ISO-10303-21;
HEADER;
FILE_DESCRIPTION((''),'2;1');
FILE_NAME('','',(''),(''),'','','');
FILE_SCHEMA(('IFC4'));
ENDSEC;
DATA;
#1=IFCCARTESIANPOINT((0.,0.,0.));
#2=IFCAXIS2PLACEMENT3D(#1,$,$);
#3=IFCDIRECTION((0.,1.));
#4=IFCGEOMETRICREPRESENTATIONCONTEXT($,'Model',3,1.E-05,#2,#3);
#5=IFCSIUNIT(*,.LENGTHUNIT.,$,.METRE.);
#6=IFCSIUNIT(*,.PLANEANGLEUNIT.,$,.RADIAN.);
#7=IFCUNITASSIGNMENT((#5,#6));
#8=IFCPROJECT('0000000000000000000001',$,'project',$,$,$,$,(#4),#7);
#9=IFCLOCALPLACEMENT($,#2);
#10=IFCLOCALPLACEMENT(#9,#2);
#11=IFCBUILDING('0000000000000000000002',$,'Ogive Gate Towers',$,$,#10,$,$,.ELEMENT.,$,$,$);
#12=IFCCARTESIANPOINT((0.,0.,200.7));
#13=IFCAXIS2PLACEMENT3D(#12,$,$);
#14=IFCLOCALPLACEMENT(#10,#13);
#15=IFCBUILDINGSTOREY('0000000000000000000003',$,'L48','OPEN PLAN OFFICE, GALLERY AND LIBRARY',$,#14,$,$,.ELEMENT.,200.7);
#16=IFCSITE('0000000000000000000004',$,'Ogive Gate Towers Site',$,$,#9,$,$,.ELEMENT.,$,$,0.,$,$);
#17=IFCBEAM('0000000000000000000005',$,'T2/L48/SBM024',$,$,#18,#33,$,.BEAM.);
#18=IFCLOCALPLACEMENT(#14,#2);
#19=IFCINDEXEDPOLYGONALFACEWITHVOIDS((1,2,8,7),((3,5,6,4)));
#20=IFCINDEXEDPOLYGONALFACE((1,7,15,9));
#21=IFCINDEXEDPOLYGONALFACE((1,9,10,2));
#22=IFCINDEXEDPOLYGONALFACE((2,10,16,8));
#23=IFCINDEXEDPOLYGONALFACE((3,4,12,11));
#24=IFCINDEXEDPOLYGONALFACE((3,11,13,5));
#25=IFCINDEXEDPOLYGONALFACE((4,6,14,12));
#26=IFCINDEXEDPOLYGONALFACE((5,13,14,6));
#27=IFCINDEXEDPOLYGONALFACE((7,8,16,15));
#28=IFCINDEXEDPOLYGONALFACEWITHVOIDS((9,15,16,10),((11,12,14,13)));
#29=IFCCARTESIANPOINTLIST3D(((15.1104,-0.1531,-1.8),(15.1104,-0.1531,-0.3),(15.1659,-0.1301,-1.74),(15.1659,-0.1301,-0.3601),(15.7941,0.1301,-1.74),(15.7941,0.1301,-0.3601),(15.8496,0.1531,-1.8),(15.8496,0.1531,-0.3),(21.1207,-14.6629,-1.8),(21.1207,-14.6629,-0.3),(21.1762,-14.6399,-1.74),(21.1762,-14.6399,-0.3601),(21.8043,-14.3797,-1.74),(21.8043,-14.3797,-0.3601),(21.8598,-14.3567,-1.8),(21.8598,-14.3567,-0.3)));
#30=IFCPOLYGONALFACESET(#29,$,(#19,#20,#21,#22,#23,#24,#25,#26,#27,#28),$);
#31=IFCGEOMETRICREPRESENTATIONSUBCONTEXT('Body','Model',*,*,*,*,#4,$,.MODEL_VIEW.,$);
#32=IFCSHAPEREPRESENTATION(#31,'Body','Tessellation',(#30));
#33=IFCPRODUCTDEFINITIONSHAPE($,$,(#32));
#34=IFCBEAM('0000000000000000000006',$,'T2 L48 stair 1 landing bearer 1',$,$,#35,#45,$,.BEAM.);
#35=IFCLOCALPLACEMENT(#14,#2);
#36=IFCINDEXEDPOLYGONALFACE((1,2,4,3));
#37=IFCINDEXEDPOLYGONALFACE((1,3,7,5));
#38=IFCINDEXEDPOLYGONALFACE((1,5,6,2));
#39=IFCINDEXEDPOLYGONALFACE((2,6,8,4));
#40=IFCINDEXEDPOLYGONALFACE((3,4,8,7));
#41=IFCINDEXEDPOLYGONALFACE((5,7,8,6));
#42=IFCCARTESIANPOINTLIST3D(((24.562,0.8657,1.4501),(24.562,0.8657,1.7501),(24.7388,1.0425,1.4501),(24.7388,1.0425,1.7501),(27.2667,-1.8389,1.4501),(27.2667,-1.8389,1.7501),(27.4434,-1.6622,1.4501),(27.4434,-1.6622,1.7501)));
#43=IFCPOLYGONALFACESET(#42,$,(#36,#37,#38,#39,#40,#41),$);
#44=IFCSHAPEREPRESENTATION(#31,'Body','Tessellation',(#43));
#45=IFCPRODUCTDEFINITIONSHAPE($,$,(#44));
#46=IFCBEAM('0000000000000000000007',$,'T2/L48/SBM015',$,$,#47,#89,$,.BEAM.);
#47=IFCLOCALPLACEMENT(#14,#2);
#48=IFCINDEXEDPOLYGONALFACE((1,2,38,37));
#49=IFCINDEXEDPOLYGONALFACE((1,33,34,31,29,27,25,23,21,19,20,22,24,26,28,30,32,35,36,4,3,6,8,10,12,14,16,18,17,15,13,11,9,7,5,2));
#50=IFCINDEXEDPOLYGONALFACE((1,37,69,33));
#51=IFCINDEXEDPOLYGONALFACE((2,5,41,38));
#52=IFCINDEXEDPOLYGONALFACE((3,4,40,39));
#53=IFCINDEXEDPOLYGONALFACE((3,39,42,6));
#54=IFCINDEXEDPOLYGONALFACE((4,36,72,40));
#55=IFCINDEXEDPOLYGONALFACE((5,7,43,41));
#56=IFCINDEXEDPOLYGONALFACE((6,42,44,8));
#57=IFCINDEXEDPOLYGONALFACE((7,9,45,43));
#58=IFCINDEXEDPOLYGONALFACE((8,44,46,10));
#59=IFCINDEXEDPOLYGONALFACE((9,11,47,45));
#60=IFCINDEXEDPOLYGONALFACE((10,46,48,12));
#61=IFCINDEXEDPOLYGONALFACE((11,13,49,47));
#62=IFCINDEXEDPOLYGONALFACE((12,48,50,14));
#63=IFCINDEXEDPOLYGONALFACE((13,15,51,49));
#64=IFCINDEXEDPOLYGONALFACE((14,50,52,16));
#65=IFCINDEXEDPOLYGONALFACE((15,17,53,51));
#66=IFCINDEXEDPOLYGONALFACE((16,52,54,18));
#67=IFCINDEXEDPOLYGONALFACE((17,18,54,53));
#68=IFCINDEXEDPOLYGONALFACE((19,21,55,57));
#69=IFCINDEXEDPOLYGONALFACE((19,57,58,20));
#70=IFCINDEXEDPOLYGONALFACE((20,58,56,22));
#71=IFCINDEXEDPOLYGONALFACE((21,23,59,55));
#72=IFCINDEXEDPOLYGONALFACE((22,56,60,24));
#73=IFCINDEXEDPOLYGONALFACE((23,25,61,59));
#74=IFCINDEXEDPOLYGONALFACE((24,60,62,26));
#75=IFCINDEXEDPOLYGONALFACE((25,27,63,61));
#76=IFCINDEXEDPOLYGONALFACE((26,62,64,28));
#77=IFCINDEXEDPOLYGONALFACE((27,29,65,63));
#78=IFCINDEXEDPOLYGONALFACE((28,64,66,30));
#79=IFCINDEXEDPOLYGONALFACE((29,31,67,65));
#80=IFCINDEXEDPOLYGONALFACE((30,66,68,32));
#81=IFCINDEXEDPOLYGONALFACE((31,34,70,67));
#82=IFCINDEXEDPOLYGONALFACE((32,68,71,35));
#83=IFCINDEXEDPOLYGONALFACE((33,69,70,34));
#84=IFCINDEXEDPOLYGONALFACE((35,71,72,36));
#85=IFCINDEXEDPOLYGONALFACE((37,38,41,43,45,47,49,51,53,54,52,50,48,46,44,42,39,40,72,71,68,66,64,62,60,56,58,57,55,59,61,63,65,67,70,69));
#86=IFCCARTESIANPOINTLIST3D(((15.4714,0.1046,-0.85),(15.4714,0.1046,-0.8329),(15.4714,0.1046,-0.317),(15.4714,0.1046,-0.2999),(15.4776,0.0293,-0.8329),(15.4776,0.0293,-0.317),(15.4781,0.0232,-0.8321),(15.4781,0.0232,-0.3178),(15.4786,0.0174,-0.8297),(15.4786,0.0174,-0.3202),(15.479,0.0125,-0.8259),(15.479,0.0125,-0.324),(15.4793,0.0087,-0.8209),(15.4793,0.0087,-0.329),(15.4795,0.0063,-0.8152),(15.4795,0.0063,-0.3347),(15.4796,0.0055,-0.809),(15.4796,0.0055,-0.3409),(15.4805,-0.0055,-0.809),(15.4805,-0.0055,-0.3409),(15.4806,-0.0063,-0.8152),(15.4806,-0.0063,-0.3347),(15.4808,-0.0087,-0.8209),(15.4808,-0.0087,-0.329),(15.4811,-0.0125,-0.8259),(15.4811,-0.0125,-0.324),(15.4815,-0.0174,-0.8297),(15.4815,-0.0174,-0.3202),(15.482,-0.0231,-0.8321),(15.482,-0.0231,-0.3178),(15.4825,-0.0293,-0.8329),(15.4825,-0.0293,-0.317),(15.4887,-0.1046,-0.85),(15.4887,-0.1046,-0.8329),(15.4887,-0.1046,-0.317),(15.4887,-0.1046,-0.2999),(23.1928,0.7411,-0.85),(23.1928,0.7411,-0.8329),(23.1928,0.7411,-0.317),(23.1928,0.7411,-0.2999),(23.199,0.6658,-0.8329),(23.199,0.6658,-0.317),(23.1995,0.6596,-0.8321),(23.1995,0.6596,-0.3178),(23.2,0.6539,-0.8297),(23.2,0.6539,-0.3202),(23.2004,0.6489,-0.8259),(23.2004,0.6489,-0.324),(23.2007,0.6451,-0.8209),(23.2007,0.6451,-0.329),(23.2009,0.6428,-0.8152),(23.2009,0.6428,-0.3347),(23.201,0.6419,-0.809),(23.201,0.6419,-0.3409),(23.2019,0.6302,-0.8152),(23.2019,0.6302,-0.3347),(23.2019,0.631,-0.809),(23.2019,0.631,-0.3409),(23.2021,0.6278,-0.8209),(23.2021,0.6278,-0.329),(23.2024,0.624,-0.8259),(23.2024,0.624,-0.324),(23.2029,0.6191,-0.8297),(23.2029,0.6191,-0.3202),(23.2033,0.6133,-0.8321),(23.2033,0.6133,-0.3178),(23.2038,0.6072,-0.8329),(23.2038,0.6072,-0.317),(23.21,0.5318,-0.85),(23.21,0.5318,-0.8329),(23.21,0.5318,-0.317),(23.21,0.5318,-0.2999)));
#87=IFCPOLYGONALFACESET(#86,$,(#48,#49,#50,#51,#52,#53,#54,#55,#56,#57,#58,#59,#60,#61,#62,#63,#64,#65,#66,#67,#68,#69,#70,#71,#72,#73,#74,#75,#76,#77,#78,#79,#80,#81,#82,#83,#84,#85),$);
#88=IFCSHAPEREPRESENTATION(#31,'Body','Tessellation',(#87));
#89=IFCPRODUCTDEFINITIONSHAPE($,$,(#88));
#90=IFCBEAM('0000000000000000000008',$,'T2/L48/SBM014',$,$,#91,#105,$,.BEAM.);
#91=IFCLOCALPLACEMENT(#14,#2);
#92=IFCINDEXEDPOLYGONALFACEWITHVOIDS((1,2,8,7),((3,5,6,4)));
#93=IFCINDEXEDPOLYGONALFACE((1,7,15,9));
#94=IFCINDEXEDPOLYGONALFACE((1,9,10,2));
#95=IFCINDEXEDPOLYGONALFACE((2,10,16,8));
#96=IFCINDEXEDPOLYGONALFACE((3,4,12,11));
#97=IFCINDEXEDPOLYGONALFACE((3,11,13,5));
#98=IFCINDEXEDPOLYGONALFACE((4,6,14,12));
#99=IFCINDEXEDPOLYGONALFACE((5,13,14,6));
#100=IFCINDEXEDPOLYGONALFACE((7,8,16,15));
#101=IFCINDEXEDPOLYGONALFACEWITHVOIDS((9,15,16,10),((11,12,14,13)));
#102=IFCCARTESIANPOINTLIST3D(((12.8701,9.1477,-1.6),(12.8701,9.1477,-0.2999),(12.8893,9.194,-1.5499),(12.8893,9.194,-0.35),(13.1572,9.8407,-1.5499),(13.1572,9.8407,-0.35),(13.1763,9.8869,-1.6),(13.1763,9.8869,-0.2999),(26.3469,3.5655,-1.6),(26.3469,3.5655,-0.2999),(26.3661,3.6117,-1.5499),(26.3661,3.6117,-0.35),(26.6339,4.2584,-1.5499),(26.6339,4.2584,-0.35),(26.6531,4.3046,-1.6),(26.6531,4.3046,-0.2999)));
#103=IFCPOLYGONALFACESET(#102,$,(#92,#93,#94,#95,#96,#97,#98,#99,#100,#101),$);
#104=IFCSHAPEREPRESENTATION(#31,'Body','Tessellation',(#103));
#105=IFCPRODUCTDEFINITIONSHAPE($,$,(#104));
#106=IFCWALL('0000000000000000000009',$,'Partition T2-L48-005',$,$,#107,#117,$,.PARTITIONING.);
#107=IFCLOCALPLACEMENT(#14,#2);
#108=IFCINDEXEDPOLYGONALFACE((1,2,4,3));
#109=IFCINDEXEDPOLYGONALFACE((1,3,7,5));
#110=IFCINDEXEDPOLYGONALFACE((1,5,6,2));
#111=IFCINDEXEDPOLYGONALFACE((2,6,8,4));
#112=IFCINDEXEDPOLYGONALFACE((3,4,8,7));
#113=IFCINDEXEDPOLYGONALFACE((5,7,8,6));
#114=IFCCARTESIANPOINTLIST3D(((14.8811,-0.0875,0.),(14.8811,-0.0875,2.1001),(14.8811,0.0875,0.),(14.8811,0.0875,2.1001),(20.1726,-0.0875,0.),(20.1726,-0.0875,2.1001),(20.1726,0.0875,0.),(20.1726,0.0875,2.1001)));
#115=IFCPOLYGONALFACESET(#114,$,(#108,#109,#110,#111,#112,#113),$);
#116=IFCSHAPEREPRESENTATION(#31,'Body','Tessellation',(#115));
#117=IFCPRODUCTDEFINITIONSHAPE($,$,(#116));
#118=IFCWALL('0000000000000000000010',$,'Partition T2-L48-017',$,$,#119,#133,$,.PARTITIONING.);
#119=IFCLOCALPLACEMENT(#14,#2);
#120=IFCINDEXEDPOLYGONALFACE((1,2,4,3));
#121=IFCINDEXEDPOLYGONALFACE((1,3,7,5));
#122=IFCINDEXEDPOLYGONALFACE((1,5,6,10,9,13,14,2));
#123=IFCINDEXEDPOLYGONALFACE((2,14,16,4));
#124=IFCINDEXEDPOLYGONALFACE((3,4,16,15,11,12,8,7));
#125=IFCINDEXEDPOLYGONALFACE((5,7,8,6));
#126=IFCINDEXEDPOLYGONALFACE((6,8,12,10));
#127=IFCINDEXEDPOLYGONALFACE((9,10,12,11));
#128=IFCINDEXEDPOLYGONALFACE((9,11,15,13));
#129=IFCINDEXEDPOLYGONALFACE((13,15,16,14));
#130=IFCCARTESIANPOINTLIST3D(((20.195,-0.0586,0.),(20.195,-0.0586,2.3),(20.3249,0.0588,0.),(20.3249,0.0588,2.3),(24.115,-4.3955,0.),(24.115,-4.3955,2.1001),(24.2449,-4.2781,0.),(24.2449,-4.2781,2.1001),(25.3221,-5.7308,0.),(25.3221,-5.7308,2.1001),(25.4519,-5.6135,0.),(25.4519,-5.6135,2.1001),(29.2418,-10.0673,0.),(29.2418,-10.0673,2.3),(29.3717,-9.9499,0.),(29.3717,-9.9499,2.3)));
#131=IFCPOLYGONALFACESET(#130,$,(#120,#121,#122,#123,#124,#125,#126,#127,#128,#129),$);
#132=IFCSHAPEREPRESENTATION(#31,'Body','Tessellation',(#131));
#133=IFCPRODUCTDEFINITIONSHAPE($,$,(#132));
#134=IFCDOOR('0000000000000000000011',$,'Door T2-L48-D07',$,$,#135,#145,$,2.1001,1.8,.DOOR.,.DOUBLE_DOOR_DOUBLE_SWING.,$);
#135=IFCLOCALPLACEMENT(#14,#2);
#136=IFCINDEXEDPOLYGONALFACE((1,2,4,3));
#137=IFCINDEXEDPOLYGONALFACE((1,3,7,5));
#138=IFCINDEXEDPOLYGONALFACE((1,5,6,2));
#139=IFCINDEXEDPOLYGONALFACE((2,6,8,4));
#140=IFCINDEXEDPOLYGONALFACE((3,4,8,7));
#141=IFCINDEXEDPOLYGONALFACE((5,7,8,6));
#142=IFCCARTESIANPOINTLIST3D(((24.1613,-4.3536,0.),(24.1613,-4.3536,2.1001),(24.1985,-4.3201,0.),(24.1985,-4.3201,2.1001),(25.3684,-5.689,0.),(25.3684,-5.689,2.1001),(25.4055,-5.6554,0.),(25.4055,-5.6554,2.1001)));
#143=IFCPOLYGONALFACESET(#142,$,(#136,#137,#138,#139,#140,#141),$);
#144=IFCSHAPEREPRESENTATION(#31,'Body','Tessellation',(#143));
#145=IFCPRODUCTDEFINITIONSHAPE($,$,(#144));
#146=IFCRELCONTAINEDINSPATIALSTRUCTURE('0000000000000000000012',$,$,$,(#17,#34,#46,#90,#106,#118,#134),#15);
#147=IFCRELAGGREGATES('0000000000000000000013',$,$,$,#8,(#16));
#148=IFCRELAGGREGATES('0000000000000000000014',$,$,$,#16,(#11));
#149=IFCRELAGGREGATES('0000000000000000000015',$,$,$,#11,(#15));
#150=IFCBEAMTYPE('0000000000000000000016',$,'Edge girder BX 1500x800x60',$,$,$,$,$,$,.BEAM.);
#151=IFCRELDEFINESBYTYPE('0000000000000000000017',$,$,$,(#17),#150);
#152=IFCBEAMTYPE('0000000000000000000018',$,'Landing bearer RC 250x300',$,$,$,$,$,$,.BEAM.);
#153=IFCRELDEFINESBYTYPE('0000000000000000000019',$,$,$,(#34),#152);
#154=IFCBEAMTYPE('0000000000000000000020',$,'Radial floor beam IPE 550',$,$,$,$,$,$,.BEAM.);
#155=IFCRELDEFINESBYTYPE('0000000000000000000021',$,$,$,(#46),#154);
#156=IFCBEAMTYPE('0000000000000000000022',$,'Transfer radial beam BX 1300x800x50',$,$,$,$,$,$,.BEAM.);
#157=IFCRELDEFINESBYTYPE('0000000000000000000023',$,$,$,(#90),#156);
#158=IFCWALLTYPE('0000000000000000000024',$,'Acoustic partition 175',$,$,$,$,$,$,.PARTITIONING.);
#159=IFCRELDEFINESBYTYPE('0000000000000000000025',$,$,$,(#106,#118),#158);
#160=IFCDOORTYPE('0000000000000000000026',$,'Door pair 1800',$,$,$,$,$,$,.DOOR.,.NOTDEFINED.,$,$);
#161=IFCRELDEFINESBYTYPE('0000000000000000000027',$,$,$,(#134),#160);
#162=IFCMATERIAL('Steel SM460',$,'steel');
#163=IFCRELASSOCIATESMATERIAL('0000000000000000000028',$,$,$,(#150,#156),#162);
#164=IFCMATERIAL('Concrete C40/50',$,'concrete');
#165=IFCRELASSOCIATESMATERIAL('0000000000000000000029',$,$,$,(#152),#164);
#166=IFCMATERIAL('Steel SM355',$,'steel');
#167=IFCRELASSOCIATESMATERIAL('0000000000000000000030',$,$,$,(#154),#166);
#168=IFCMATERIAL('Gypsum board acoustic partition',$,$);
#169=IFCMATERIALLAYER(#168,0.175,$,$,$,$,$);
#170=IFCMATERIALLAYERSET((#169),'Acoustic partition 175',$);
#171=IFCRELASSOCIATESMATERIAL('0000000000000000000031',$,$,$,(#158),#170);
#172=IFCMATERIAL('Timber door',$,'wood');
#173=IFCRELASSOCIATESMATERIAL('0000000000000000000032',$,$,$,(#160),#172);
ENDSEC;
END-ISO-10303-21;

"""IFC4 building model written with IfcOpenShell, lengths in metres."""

from ifc_helpers import new_model, si_unit, direction, frame, frame_2d, origin, origin_2d, place, context, subcontext, project, spatial, rectangle, hollow_rectangle, i_section, extrude, material, layer, layer_set, material_profile, profile_set, type_object, element, fill, save


model = new_model("IFC4")

# Units and contexts
model_context = context("Model", 3, precision=1e-05, world=origin(), true_north=direction((0.0, 1.0)))
body_context = subcontext(model_context, "Body", "Model", "MODEL_VIEW")
ifc_project = project(units=[si_unit("LENGTHUNIT", "METRE"), si_unit("PLANEANGLEUNIT", "RADIAN")], contexts=[model_context])

# Site, building, storey
site_placement = place(None, origin())
site = spatial("IfcSite", under=ifc_project, at=site_placement, Name="Ogive Gate Towers Site", CompositionType="ELEMENT", RefElevation=0.0)
building_placement = place(site_placement, origin())
building = spatial("IfcBuilding", under=site, at=building_placement, Name="Ogive Gate Towers", CompositionType="ELEMENT")
storey_placement = place(building_placement, frame((0.0, 0.0, 200.7)))
storey = spatial("IfcBuildingStorey", under=building, at=storey_placement, Name="L48", Description="OPEN PLAN OFFICE, GALLERY AND LIBRARY", CompositionType="ELEMENT", Elevation=200.7)

# Beams
ifc_material_1 = material(Name="Steel SM460", Category="steel")
ifc_material_profile_1 = material_profile(ifc_material_1, hollow_rectangle(XDim=0.8, YDim=1.5, WallThickness=0.0601, at=origin_2d()), Name="BX 1500x800x60")
ifc_profile_set_1 = profile_set([ifc_material_profile_1], Name="Steel SM460")
beam_type_1 = type_object("IfcBeamType", Name="Edge girder BX 1500x800x60", PredefinedType="BEAM", material=ifc_profile_set_1)
beam_1_placement = place(storey_placement, frame((15.48, 0.0, -1.05), z_axis=(0.38269, -0.923877, 0.0), x_axis=(0.923877, 0.38269, 0.0)))
element("IfcBeam", 1, at=beam_1_placement, inside=storey, type_object=beam_type_1, Name="T2/L48/SBM024", PredefinedType="BEAM", context=body_context, shape_type="SweptSolid", body=[
    extrude(hollow_rectangle(XDim=0.8, YDim=1.5, WallThickness=0.0601, at=origin_2d()), origin(), (0.0, 0.0, 1.0), 15.7053),
])
ifc_material_2 = material(Name="Concrete C40/50", Category="concrete")
ifc_material_profile_2 = material_profile(ifc_material_2, rectangle(XDim=0.25, YDim=0.3, at=origin_2d()), Name="RC 250x300")
ifc_profile_set_2 = profile_set([ifc_material_profile_2], Name="Concrete C40/50")
beam_type_2 = type_object("IfcBeamType", Name="Landing bearer RC 250x300", PredefinedType="BEAM", material=ifc_profile_set_2)
beam_2_placement = place(storey_placement, frame((24.6504, 0.9541, 1.6001), z_axis=(0.707107, -0.707107, 0.0), x_axis=(0.707107, 0.707107, 0.0)))
element("IfcBeam", 2, at=beam_2_placement, inside=storey, type_object=beam_type_2, Name="T2 L48 stair 1 landing bearer 1", PredefinedType="BEAM", context=body_context, shape_type="SweptSolid", body=[
    extrude(rectangle(XDim=0.25, YDim=0.3, at=origin_2d()), origin(), (0.0, 0.0, 1.0), 3.825),
])
ifc_material_3 = material(Name="Steel SM355", Category="steel")
ifc_material_profile_3 = material_profile(ifc_material_3, i_section(OverallWidth=0.21, OverallDepth=0.55, WebThickness=0.011, FlangeThickness=0.0171, FilletRadius=0.0239, at=origin_2d()), Name="IPE 550")
ifc_profile_set_3 = profile_set([ifc_material_profile_3], Name="Steel SM355")
beam_type_3 = type_object("IfcBeamType", Name="Radial floor beam IPE 550", PredefinedType="BEAM", material=ifc_profile_set_3)
beam_3_placement = place(storey_placement, frame((23.2014, 0.6365, -0.575), z_axis=(-0.99662, -0.082151, 0.0), x_axis=(0.082151, -0.99662, 0.0)))
element("IfcBeam", 3, at=beam_3_placement, inside=storey, type_object=beam_type_3, Name="T2/L48/SBM015", PredefinedType="BEAM", context=body_context, shape_type="SweptSolid", body=[
    extrude(i_section(OverallWidth=0.21, OverallDepth=0.55, WebThickness=0.011, FlangeThickness=0.0171, FilletRadius=0.0239, at=origin_2d()), origin(), (0.0, 0.0, 1.0), 7.7476),
])
ifc_material_profile_4 = material_profile(ifc_material_1, hollow_rectangle(XDim=0.8, YDim=1.3, WallThickness=0.05, at=origin_2d()), Name="BX 1300x800x50")
ifc_profile_set_4 = profile_set([ifc_material_profile_4], Name="Steel SM460")
beam_type_4 = type_object("IfcBeamType", Name="Transfer radial beam BX 1300x800x50", PredefinedType="BEAM", material=ifc_profile_set_4)
beam_4_placement = place(storey_placement, frame((26.5, 3.9351, -0.95), z_axis=(-0.92388, 0.382683, 0.0), x_axis=(-0.382683, -0.92388, 0.0)))
element("IfcBeam", 4, at=beam_4_placement, inside=storey, type_object=beam_type_4, Name="T2/L48/SBM014", PredefinedType="BEAM", context=body_context, shape_type="SweptSolid", body=[
    extrude(hollow_rectangle(XDim=0.8, YDim=1.3, WallThickness=0.05, at=origin_2d()), origin(), (0.0, 0.0, 1.0), 14.5872),
])

# Wall
ifc_material_4 = material(Name="Gypsum board acoustic partition")
ifc_layer_1 = layer(ifc_material_4, 0.175)
ifc_layer_set_1 = layer_set([ifc_layer_1], Name="Acoustic partition 175")
wall_type_1 = type_object("IfcWallType", Name="Acoustic partition 175", PredefinedType="PARTITIONING", material=ifc_layer_set_1)
wall_1_placement = place(storey_placement, frame((14.8811, 0.0, 0.0), z_axis=(0.0, 0.0, 1.0), x_axis=(1.0, 0.0, 0.0)))
element("IfcWall", 5, at=wall_1_placement, inside=storey, type_object=wall_type_1, Name="Partition T2-L48-005", PredefinedType="PARTITIONING", context=body_context, shape_type="SweptSolid", body=[
    extrude(rectangle(XDim=5.2915, YDim=0.175, at=frame_2d((2.6458, 0.0))), origin(), (0.0, 0.0, 1.0), 2.1001),
])

# Wall, opening, door
wall_2_placement = place(storey_placement, frame((20.26, 0.0, 0.0), z_axis=(0.0, 0.0, 1.0), x_axis=(0.670559, -0.741856, 0.0)))
wall_2 = element("IfcWall", 6, at=wall_2_placement, inside=storey, type_object=wall_type_1, Name="Partition T2-L48-017", PredefinedType="PARTITIONING", context=body_context, shape_type="SweptSolid", body=[
    extrude(rectangle(XDim=13.4915, YDim=0.175, at=frame_2d((6.7456, 0.0))), origin(), (0.0, 0.0, 1.0), 2.3),
])
opening_1_placement = place(wall_2_placement, frame((5.8459, 0.0, 0.0)))
opening_1 = element("IfcOpeningElement", 7, at=opening_1_placement, cuts=wall_2, PredefinedType="OPENING", context=body_context, shape_type="SweptSolid", body=[
    extrude(rectangle(XDim=1.8, YDim=2.1001, at=frame_2d((0.8999, 1.05))), frame((0.0, 0.0977, 0.0), z_axis=(0.0, -1.0, 0.0), x_axis=(1.0, 0.0, 0.0)), (0.0, 0.0, 1.0), 0.1951),
])
ifc_material_5 = material(Name="Timber door", Category="wood")
door_type_1 = type_object("IfcDoorType", Name="Door pair 1800", OperationType="NOTDEFINED", PredefinedType="DOOR", material=ifc_material_5)
door_1_placement = place(opening_1_placement, origin())
door_1 = element("IfcDoor", 8, at=door_1_placement, inside=storey, type_object=door_type_1, Name="Door T2-L48-D07", OperationType="DOUBLE_DOOR_DOUBLE_SWING", OverallHeight=2.1001, OverallWidth=1.8, PredefinedType="DOOR", context=body_context, shape_type="SweptSolid", body=[
    extrude(rectangle(XDim=1.8, YDim=2.1001, at=frame_2d((0.8999, 1.05))), frame((0.0, 0.0249, 0.0), z_axis=(0.0, -1.0, 0.0), x_axis=(1.0, 0.0, 0.0)), (0.0, 0.0, 1.0), 0.05),
])
fill(opening_1, door_1)

save(model, "model.ifc")
